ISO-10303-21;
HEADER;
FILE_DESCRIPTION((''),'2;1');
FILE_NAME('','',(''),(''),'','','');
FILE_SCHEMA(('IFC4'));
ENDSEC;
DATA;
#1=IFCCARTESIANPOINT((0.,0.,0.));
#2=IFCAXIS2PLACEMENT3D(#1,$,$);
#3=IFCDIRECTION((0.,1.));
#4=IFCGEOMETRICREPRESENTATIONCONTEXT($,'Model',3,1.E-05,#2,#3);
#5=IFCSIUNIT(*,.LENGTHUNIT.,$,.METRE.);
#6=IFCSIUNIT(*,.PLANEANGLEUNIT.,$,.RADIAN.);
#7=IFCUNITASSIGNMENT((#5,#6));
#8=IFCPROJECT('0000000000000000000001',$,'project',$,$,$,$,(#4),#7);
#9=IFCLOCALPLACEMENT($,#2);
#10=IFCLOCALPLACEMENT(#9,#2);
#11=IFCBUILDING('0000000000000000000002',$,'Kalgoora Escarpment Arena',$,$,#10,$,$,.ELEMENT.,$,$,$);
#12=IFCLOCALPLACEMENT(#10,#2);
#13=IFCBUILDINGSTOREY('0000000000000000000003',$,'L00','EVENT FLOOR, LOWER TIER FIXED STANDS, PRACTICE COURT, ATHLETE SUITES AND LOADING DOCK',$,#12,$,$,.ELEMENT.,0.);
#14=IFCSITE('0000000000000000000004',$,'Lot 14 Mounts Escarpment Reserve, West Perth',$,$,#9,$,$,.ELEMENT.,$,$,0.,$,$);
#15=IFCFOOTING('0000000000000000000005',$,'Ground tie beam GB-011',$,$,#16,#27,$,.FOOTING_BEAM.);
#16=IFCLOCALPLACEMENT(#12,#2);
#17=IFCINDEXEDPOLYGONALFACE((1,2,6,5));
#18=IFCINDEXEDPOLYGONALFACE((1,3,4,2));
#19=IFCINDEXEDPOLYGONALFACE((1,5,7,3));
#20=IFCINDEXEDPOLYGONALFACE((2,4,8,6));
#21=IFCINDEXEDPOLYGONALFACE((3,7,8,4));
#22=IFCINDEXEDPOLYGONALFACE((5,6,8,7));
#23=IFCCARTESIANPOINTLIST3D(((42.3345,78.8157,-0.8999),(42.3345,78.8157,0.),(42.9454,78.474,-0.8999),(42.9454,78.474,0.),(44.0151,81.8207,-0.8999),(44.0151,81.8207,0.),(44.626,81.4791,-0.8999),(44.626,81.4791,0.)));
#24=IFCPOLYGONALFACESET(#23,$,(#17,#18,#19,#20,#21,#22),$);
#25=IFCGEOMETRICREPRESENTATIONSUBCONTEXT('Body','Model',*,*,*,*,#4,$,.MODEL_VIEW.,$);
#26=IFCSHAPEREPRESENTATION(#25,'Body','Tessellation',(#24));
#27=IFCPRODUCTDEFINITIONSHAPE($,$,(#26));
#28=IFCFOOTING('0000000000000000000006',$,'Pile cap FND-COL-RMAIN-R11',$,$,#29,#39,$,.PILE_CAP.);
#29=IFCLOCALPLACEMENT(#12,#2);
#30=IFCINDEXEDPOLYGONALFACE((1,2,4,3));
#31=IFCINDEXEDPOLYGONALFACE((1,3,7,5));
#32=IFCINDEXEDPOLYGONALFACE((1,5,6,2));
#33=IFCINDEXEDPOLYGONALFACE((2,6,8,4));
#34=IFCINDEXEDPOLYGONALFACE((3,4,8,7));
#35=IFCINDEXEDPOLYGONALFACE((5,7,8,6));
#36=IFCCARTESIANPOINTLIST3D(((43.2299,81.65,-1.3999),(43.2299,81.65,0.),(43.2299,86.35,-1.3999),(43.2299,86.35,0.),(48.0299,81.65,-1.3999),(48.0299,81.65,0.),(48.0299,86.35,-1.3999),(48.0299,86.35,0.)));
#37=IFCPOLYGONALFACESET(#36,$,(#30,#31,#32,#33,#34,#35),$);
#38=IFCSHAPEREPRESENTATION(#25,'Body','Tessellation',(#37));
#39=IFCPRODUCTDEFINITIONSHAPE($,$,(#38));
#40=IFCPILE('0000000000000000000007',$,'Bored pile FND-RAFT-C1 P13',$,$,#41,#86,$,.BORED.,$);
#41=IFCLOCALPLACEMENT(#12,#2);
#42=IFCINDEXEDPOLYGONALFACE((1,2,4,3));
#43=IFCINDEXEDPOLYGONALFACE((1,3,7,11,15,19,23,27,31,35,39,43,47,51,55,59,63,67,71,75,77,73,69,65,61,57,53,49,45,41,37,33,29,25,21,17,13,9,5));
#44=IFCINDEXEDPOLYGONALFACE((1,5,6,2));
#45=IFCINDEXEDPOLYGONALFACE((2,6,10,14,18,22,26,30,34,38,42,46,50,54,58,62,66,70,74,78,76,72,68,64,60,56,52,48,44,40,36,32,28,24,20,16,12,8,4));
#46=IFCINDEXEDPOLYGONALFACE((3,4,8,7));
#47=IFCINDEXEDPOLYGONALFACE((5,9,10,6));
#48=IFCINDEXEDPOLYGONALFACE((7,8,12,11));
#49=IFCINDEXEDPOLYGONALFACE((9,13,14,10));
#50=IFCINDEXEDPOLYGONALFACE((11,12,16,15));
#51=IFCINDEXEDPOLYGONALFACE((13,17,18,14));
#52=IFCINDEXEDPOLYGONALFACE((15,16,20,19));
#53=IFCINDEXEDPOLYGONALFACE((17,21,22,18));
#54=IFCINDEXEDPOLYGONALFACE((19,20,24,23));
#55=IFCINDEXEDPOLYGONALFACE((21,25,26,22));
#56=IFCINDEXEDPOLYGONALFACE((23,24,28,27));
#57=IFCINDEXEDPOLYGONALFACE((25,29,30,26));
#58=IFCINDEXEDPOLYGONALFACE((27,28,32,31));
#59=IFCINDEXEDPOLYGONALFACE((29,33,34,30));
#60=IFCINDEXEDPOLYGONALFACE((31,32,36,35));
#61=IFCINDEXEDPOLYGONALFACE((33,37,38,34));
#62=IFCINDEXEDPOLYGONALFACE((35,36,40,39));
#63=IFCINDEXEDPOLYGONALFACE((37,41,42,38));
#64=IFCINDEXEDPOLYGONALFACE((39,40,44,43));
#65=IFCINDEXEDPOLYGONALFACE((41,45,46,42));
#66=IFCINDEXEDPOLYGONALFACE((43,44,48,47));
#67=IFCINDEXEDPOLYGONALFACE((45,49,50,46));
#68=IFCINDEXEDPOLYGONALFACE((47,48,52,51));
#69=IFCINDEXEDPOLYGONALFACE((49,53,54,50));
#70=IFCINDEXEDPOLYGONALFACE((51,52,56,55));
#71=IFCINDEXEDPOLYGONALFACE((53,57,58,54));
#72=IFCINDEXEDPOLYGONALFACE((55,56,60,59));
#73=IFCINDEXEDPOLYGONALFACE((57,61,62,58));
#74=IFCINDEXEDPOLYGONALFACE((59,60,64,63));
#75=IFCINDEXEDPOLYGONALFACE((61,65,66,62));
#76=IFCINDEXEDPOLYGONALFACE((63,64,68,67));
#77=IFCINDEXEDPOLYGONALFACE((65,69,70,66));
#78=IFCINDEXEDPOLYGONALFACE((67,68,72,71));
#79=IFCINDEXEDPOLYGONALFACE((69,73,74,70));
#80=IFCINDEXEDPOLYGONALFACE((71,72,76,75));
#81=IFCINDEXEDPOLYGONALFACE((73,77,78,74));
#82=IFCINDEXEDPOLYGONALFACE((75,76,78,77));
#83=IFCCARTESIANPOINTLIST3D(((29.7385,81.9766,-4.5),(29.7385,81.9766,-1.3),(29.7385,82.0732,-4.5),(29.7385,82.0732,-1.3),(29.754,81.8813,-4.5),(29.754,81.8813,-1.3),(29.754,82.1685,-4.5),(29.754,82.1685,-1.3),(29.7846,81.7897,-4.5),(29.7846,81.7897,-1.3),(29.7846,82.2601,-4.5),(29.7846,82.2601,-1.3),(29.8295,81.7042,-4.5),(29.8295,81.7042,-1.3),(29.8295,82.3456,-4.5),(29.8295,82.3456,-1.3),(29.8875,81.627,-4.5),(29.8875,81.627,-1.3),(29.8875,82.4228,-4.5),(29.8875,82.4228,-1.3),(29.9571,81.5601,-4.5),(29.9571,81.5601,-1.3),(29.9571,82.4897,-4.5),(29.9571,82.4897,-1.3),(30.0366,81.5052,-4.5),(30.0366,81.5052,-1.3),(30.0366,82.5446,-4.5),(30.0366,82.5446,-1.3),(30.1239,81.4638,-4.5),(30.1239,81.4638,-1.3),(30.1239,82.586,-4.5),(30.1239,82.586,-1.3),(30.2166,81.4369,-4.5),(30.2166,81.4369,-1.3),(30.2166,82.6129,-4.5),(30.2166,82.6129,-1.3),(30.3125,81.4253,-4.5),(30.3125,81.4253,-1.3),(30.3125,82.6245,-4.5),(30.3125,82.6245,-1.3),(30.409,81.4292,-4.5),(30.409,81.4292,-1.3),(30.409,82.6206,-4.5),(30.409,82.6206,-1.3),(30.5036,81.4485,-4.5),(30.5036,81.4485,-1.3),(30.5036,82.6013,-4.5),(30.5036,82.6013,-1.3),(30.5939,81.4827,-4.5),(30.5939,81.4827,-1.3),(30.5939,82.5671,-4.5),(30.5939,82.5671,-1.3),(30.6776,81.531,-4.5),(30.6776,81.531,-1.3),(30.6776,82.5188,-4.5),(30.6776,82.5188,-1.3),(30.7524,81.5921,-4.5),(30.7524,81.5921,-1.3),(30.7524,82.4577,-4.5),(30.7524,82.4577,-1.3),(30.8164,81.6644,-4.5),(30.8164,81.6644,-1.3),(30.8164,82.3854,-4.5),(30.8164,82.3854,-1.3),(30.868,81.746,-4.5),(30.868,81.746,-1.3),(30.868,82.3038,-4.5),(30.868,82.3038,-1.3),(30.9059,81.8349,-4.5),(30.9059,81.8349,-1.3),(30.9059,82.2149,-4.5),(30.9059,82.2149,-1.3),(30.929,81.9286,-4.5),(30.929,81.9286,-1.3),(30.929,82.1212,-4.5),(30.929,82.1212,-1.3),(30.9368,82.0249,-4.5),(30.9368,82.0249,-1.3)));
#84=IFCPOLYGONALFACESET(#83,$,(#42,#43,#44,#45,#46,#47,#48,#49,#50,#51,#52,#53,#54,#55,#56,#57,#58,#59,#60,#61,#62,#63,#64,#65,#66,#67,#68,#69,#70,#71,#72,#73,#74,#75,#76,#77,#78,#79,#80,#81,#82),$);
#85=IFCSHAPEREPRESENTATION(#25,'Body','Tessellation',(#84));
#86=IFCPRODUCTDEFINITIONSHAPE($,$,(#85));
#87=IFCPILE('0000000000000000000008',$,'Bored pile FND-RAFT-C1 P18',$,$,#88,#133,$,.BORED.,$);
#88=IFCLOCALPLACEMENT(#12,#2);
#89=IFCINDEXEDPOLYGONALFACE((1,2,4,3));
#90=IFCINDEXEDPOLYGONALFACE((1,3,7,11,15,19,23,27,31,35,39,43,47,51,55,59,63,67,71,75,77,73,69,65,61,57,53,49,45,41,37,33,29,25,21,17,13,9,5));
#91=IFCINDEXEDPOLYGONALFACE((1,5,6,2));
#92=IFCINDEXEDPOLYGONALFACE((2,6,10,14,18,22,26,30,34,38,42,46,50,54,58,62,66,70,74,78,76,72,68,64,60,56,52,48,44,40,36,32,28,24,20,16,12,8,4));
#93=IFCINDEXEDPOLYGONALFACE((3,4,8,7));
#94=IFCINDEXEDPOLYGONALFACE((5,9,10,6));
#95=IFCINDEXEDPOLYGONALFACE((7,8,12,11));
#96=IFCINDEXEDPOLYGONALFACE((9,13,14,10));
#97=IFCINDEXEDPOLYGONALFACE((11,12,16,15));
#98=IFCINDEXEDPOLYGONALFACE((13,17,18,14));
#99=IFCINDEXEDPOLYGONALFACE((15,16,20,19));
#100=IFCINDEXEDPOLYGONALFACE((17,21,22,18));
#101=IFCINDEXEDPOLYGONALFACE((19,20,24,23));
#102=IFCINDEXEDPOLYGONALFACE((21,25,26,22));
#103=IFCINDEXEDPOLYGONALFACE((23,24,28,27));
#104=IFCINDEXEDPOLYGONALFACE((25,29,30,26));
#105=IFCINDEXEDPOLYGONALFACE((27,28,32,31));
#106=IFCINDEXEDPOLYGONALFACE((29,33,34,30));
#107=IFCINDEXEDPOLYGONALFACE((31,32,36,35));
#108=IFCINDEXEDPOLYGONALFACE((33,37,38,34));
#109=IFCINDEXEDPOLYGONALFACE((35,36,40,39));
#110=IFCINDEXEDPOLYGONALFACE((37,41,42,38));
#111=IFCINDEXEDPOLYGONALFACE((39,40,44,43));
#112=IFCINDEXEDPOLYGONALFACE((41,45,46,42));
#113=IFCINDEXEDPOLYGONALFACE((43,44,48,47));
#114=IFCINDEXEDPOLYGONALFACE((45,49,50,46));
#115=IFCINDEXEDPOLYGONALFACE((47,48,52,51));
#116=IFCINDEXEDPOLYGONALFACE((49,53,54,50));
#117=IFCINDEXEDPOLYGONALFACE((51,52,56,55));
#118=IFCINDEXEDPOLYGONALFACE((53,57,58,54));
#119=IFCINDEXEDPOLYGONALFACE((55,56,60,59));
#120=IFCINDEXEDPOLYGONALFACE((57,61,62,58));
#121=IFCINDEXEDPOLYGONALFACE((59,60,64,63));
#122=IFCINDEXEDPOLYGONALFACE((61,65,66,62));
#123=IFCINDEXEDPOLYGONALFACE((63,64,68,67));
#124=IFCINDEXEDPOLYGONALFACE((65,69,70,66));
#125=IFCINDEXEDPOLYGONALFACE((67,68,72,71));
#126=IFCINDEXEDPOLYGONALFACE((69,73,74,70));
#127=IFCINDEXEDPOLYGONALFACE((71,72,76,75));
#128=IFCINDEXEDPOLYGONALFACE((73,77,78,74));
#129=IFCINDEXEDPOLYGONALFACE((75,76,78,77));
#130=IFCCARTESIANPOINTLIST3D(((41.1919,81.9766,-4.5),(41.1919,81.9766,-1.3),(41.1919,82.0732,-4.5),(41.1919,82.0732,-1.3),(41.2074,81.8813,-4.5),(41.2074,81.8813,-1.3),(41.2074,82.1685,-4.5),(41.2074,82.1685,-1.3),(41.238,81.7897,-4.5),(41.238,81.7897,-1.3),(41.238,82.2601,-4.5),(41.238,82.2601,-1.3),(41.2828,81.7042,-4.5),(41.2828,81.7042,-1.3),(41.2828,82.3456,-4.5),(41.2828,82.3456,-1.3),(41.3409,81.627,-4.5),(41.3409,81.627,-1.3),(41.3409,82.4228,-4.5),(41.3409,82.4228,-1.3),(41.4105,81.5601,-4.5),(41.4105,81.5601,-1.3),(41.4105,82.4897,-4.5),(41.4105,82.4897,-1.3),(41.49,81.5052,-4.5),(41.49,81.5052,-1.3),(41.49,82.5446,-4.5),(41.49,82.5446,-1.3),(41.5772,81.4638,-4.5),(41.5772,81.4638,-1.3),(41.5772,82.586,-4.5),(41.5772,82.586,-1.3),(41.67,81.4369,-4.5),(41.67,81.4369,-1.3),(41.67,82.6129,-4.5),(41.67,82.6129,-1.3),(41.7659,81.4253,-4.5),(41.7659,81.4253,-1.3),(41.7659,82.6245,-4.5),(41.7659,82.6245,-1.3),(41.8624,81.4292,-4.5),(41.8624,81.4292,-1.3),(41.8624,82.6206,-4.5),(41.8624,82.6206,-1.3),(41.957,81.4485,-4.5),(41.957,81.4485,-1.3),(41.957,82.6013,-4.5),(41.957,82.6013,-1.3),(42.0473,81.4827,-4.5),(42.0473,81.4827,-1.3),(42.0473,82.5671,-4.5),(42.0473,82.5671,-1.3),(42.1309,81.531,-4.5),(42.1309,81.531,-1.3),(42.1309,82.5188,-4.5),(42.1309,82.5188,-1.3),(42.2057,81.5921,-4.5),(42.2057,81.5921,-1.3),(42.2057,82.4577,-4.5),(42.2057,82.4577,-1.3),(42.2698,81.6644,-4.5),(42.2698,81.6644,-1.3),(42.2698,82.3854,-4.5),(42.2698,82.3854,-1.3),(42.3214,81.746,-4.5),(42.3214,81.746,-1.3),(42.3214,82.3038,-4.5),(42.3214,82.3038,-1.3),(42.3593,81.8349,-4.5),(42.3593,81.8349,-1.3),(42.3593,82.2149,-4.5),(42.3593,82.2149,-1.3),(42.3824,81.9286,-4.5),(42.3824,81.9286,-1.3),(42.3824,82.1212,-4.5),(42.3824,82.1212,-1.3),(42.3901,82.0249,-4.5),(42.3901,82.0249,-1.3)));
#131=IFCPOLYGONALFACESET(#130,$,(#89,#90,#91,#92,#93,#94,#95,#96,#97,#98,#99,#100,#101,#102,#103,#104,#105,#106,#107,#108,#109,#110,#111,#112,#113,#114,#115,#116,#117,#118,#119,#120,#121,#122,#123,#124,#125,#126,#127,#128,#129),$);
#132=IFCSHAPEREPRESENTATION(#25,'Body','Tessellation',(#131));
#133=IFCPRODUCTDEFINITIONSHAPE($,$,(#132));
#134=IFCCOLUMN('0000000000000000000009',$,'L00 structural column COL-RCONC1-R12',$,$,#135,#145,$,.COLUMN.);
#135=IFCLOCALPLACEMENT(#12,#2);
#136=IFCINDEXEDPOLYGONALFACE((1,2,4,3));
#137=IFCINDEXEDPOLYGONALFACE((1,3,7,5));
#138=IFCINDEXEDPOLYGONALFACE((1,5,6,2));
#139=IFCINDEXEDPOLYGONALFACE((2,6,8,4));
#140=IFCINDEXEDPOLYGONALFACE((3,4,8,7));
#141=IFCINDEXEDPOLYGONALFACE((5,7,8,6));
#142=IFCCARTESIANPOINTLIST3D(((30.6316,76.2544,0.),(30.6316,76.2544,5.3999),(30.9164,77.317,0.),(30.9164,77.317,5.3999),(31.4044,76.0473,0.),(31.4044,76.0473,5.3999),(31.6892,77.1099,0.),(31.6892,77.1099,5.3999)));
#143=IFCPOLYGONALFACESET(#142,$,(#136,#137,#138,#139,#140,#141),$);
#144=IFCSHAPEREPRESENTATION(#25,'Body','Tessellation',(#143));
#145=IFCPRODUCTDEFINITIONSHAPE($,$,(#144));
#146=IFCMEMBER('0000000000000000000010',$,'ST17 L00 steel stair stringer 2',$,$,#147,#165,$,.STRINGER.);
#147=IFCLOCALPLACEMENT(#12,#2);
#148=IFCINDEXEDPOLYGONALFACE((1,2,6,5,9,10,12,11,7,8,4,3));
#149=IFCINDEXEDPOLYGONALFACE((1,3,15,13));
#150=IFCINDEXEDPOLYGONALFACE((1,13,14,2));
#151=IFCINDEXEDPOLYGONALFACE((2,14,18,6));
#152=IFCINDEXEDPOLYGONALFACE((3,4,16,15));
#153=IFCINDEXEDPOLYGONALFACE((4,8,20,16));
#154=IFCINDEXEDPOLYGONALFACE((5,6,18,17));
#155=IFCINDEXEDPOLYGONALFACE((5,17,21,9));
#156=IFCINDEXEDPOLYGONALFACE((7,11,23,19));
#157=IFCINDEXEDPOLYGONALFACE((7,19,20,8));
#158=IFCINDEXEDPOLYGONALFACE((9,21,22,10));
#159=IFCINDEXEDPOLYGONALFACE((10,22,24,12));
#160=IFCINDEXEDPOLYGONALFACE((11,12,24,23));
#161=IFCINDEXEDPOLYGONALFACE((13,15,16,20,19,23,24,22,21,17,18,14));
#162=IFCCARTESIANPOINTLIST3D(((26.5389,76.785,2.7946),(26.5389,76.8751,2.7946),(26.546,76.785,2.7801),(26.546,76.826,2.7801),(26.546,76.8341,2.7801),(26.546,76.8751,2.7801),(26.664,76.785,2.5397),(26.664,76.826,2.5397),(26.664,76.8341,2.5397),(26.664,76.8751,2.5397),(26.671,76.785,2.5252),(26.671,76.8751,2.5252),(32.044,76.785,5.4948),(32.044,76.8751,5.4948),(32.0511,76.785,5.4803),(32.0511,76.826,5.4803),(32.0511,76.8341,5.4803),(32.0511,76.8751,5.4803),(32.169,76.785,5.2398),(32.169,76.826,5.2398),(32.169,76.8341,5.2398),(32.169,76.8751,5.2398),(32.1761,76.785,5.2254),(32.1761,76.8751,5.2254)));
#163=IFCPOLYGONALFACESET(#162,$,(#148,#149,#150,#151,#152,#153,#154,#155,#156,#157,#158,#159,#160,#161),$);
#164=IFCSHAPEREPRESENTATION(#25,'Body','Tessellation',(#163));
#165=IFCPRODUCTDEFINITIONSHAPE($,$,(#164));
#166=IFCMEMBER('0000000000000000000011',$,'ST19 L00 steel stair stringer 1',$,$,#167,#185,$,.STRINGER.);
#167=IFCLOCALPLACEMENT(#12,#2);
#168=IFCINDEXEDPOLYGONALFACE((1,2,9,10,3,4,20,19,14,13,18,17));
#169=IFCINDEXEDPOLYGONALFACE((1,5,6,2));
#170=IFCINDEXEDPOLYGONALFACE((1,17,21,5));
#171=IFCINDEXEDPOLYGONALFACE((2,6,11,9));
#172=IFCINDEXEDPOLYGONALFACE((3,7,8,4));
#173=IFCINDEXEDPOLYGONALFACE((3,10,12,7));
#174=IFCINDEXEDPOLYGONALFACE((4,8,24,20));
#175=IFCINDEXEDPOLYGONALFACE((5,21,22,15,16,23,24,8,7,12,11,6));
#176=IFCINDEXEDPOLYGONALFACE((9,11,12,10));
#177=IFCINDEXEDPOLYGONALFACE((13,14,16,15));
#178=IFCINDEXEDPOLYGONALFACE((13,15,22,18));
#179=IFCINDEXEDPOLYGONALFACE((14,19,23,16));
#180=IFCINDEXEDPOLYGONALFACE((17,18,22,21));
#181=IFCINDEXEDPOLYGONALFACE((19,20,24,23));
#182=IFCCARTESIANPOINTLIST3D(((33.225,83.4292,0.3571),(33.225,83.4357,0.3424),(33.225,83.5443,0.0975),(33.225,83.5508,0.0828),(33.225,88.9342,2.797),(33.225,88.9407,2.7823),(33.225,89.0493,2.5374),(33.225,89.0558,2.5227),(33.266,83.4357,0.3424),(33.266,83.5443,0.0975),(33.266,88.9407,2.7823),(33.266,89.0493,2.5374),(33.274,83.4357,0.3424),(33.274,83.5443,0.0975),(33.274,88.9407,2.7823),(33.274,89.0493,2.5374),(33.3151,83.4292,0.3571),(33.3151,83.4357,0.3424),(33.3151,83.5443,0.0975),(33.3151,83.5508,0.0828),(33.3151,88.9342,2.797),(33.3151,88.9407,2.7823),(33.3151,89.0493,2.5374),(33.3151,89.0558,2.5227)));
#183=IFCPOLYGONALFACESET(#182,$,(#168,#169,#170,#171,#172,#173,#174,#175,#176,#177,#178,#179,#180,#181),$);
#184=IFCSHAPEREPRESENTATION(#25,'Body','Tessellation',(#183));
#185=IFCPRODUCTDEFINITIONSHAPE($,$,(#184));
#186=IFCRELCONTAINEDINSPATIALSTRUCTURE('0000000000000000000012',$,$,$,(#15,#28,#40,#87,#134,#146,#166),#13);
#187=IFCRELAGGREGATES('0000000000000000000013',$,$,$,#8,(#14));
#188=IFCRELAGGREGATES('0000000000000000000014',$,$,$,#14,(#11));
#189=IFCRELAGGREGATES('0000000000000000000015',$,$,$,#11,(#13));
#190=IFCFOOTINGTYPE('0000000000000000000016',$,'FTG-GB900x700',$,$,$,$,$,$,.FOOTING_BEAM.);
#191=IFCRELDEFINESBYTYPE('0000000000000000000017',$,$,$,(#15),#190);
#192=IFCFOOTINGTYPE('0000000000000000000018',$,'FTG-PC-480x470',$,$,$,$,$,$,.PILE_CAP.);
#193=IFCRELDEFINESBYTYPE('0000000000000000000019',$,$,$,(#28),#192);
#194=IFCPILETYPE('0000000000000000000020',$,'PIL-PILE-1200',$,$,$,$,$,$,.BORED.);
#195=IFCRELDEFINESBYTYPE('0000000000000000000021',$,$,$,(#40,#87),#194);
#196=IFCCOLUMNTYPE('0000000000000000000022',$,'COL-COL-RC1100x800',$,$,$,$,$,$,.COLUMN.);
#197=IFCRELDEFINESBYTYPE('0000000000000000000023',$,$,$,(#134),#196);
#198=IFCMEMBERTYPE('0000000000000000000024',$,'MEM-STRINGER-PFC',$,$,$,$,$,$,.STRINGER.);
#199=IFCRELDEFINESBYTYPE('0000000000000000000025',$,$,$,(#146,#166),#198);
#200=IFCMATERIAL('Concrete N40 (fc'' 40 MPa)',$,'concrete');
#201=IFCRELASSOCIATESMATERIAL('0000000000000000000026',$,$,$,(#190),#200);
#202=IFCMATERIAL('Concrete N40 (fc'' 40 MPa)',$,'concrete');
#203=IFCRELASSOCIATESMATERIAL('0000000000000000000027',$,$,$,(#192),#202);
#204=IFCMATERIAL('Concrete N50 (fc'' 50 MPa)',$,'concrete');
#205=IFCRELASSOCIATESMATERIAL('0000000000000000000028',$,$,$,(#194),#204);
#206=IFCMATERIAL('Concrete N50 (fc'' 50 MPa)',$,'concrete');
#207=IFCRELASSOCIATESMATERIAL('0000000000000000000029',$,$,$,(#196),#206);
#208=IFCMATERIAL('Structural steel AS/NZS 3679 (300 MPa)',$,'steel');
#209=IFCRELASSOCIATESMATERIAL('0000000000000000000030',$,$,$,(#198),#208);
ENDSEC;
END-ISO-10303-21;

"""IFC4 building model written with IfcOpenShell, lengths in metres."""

from ifc_helpers import new_model, si_unit, direction, frame, origin, origin_2d, place, context, subcontext, project, spatial, rectangle, circle, i_section, extrude, material, material_profile, profile_set, type_object, element, save


model = new_model("IFC4")

# Units and contexts
model_context = context("Model", 3, precision=1e-05, world=origin(), true_north=direction((0.0, 1.0)))
body_context = subcontext(model_context, "Body", "Model", "MODEL_VIEW")
ifc_project = project(units=[si_unit("LENGTHUNIT", "METRE"), si_unit("PLANEANGLEUNIT", "RADIAN")], contexts=[model_context])

# Site, building, storey
site_placement = place(None, origin())
site = spatial("IfcSite", under=ifc_project, at=site_placement, Name="Lot 14 Mounts Escarpment Reserve, West Perth", CompositionType="ELEMENT", RefElevation=0.0)
building_placement = place(site_placement, origin())
building = spatial("IfcBuilding", under=site, at=building_placement, Name="Kalgoora Escarpment Arena", CompositionType="ELEMENT")
storey_placement = place(building_placement, origin())
storey = spatial("IfcBuildingStorey", under=building, at=storey_placement, Name="L00", Description="EVENT FLOOR, LOWER TIER FIXED STANDS, PRACTICE COURT, ATHLETE SUITES AND LOADING DOCK", CompositionType="ELEMENT", Elevation=0.0)

# Footings
ifc_material_1 = material(Name="Concrete N40 (fc' 40 MPa)", Category="concrete")
ifc_material_profile_1 = material_profile(ifc_material_1, rectangle(XDim=0.7, YDim=0.8999, at=origin_2d()))
ifc_profile_set_1 = profile_set([ifc_material_profile_1], Name="Concrete N40 (fc' 40 MPa)")
footing_type_1 = type_object("IfcFootingType", Name="FTG-GB900x700", PredefinedType="FOOTING_BEAM", material=ifc_profile_set_1)
footing_1_placement = place(storey_placement, frame((44.3206, 81.6499, -0.45), z_axis=(-0.488115, -0.872779, 0.0), x_axis=(0.872779, -0.488115, 0.0)))
element("IfcFooting", 1, at=footing_1_placement, inside=storey, type_object=footing_type_1, Name="Ground tie beam GB-011", PredefinedType="FOOTING_BEAM", context=body_context, shape_type="SweptSolid", body=[
    extrude(rectangle(XDim=0.7, YDim=0.8999, at=origin_2d()), origin(), (0.0, 0.0, 1.0), 3.4431),
])
ifc_material_2 = material(Name="Concrete N40 (fc' 40 MPa)", Category="concrete")
footing_type_2 = type_object("IfcFootingType", Name="FTG-PC-480x470", PredefinedType="PILE_CAP", material=ifc_material_2)
footing_2_placement = place(storey_placement, frame((45.6299, 84.0, -1.3999), z_axis=(0.0, 0.0, 1.0), x_axis=(1.0, 0.0, 0.0)))
element("IfcFooting", 2, at=footing_2_placement, inside=storey, type_object=footing_type_2, Name="Pile cap FND-COL-RMAIN-R11", PredefinedType="PILE_CAP", context=body_context, shape_type="SweptSolid", body=[
    extrude(rectangle(XDim=4.8, YDim=4.7, at=origin_2d()), origin(), (0.0, 0.0, 1.0), 1.3999),
])

# Piles
ifc_material_3 = material(Name="Concrete N50 (fc' 50 MPa)", Category="concrete")
ifc_material_profile_2 = material_profile(ifc_material_3, circle(Radius=0.6001, at=origin_2d()))
ifc_profile_set_2 = profile_set([ifc_material_profile_2], Name="Concrete N50 (fc' 50 MPa)")
pile_type = type_object("IfcPileType", Name="PIL-PILE-1200", PredefinedType="BORED", material=ifc_profile_set_2)
for number, where, z_axis, x_axis, name in (
    (3, (30.3367, 82.0249, -1.3), (0.0, 0.0, -1.0), (1.0, 0.0, 0.0), "Bored pile FND-RAFT-C1 P13"),
    (4, (41.79, 82.0249, -1.3), (0.0, 0.0, -1.0), (1.0, 0.0, 0.0), "Bored pile FND-RAFT-C1 P18"),
):
    element("IfcPile", number, at=place(storey_placement, frame(where, z_axis=z_axis, x_axis=x_axis)), inside=storey, type_object=pile_type, Name=name, PredefinedType="BORED", context=body_context, shape_type="SweptSolid", body=[
        extrude(circle(Radius=0.6001, at=origin_2d()), origin(), (0.0, 0.0, 1.0), 3.2),
    ])

# Column
ifc_material_4 = material(Name="Concrete N50 (fc' 50 MPa)", Category="concrete")
ifc_material_profile_3 = material_profile(ifc_material_4, rectangle(XDim=0.8, YDim=1.1001, at=origin_2d()))
ifc_profile_set_3 = profile_set([ifc_material_profile_3], Name="Concrete N50 (fc' 50 MPa)")
column_type = type_object("IfcColumnType", Name="COL-COL-RC1100x800", PredefinedType="COLUMN", material=ifc_profile_set_3)
column_placement = place(storey_placement, frame((31.1604, 76.6821, 0.0), z_axis=(0.0, 0.0, 1.0), x_axis=(-0.965926, 0.258819, 0.0)))
element("IfcColumn", 5, at=column_placement, inside=storey, type_object=column_type, Name="L00 structural column COL-RCONC1-R12", PredefinedType="COLUMN", context=body_context, shape_type="SweptSolid", body=[
    extrude(rectangle(XDim=0.8, YDim=1.1001, at=origin_2d()), origin(), (0.0, 0.0, 1.0), 5.3999),
])

# Members
ifc_material_5 = material(Name="Structural steel AS/NZS 3679 (300 MPa)", Category="steel")
ifc_material_profile_4 = material_profile(ifc_material_5, i_section(OverallWidth=0.0901, OverallDepth=0.3, WebThickness=0.0081, FlangeThickness=0.0161, at=origin_2d()))
ifc_profile_set_4 = profile_set([ifc_material_profile_4], Name="Structural steel AS/NZS 3679 (300 MPa)")
member_type = type_object("IfcMemberType", Name="MEM-STRINGER-PFC", PredefinedType="STRINGER", material=ifc_profile_set_4)
member_1_placement = place(storey_placement, frame((26.605, 76.8301, 2.6599), z_axis=(0.897817, 0.0, 0.440368), x_axis=(0.0, 1.0, 0.0)))
element("IfcMember", 6, at=member_1_placement, inside=storey, type_object=member_type, Name="ST17 L00 steel stair stringer 2", PredefinedType="STRINGER", context=body_context, shape_type="SweptSolid", body=[
    extrude(i_section(OverallWidth=0.0901, OverallDepth=0.3, WebThickness=0.0081, FlangeThickness=0.0161, at=origin_2d()), origin(), (0.0, 0.0, 1.0), 6.1316),
])
member_2_placement = place(storey_placement, frame((33.27, 83.49, 0.22), z_axis=(0.0, 0.914229, 0.405198), x_axis=(-1.0, 0.0, 0.0)))
element("IfcMember", 7, at=member_2_placement, inside=storey, type_object=member_type, Name="ST19 L00 steel stair stringer 1", PredefinedType="STRINGER", context=body_context, shape_type="SweptSolid", body=[
    extrude(i_section(OverallWidth=0.0901, OverallDepth=0.3, WebThickness=0.0081, FlangeThickness=0.0161, at=origin_2d()), origin(), (0.0, 0.0, 1.0), 6.0215),
])

save(model, "model.ifc")
